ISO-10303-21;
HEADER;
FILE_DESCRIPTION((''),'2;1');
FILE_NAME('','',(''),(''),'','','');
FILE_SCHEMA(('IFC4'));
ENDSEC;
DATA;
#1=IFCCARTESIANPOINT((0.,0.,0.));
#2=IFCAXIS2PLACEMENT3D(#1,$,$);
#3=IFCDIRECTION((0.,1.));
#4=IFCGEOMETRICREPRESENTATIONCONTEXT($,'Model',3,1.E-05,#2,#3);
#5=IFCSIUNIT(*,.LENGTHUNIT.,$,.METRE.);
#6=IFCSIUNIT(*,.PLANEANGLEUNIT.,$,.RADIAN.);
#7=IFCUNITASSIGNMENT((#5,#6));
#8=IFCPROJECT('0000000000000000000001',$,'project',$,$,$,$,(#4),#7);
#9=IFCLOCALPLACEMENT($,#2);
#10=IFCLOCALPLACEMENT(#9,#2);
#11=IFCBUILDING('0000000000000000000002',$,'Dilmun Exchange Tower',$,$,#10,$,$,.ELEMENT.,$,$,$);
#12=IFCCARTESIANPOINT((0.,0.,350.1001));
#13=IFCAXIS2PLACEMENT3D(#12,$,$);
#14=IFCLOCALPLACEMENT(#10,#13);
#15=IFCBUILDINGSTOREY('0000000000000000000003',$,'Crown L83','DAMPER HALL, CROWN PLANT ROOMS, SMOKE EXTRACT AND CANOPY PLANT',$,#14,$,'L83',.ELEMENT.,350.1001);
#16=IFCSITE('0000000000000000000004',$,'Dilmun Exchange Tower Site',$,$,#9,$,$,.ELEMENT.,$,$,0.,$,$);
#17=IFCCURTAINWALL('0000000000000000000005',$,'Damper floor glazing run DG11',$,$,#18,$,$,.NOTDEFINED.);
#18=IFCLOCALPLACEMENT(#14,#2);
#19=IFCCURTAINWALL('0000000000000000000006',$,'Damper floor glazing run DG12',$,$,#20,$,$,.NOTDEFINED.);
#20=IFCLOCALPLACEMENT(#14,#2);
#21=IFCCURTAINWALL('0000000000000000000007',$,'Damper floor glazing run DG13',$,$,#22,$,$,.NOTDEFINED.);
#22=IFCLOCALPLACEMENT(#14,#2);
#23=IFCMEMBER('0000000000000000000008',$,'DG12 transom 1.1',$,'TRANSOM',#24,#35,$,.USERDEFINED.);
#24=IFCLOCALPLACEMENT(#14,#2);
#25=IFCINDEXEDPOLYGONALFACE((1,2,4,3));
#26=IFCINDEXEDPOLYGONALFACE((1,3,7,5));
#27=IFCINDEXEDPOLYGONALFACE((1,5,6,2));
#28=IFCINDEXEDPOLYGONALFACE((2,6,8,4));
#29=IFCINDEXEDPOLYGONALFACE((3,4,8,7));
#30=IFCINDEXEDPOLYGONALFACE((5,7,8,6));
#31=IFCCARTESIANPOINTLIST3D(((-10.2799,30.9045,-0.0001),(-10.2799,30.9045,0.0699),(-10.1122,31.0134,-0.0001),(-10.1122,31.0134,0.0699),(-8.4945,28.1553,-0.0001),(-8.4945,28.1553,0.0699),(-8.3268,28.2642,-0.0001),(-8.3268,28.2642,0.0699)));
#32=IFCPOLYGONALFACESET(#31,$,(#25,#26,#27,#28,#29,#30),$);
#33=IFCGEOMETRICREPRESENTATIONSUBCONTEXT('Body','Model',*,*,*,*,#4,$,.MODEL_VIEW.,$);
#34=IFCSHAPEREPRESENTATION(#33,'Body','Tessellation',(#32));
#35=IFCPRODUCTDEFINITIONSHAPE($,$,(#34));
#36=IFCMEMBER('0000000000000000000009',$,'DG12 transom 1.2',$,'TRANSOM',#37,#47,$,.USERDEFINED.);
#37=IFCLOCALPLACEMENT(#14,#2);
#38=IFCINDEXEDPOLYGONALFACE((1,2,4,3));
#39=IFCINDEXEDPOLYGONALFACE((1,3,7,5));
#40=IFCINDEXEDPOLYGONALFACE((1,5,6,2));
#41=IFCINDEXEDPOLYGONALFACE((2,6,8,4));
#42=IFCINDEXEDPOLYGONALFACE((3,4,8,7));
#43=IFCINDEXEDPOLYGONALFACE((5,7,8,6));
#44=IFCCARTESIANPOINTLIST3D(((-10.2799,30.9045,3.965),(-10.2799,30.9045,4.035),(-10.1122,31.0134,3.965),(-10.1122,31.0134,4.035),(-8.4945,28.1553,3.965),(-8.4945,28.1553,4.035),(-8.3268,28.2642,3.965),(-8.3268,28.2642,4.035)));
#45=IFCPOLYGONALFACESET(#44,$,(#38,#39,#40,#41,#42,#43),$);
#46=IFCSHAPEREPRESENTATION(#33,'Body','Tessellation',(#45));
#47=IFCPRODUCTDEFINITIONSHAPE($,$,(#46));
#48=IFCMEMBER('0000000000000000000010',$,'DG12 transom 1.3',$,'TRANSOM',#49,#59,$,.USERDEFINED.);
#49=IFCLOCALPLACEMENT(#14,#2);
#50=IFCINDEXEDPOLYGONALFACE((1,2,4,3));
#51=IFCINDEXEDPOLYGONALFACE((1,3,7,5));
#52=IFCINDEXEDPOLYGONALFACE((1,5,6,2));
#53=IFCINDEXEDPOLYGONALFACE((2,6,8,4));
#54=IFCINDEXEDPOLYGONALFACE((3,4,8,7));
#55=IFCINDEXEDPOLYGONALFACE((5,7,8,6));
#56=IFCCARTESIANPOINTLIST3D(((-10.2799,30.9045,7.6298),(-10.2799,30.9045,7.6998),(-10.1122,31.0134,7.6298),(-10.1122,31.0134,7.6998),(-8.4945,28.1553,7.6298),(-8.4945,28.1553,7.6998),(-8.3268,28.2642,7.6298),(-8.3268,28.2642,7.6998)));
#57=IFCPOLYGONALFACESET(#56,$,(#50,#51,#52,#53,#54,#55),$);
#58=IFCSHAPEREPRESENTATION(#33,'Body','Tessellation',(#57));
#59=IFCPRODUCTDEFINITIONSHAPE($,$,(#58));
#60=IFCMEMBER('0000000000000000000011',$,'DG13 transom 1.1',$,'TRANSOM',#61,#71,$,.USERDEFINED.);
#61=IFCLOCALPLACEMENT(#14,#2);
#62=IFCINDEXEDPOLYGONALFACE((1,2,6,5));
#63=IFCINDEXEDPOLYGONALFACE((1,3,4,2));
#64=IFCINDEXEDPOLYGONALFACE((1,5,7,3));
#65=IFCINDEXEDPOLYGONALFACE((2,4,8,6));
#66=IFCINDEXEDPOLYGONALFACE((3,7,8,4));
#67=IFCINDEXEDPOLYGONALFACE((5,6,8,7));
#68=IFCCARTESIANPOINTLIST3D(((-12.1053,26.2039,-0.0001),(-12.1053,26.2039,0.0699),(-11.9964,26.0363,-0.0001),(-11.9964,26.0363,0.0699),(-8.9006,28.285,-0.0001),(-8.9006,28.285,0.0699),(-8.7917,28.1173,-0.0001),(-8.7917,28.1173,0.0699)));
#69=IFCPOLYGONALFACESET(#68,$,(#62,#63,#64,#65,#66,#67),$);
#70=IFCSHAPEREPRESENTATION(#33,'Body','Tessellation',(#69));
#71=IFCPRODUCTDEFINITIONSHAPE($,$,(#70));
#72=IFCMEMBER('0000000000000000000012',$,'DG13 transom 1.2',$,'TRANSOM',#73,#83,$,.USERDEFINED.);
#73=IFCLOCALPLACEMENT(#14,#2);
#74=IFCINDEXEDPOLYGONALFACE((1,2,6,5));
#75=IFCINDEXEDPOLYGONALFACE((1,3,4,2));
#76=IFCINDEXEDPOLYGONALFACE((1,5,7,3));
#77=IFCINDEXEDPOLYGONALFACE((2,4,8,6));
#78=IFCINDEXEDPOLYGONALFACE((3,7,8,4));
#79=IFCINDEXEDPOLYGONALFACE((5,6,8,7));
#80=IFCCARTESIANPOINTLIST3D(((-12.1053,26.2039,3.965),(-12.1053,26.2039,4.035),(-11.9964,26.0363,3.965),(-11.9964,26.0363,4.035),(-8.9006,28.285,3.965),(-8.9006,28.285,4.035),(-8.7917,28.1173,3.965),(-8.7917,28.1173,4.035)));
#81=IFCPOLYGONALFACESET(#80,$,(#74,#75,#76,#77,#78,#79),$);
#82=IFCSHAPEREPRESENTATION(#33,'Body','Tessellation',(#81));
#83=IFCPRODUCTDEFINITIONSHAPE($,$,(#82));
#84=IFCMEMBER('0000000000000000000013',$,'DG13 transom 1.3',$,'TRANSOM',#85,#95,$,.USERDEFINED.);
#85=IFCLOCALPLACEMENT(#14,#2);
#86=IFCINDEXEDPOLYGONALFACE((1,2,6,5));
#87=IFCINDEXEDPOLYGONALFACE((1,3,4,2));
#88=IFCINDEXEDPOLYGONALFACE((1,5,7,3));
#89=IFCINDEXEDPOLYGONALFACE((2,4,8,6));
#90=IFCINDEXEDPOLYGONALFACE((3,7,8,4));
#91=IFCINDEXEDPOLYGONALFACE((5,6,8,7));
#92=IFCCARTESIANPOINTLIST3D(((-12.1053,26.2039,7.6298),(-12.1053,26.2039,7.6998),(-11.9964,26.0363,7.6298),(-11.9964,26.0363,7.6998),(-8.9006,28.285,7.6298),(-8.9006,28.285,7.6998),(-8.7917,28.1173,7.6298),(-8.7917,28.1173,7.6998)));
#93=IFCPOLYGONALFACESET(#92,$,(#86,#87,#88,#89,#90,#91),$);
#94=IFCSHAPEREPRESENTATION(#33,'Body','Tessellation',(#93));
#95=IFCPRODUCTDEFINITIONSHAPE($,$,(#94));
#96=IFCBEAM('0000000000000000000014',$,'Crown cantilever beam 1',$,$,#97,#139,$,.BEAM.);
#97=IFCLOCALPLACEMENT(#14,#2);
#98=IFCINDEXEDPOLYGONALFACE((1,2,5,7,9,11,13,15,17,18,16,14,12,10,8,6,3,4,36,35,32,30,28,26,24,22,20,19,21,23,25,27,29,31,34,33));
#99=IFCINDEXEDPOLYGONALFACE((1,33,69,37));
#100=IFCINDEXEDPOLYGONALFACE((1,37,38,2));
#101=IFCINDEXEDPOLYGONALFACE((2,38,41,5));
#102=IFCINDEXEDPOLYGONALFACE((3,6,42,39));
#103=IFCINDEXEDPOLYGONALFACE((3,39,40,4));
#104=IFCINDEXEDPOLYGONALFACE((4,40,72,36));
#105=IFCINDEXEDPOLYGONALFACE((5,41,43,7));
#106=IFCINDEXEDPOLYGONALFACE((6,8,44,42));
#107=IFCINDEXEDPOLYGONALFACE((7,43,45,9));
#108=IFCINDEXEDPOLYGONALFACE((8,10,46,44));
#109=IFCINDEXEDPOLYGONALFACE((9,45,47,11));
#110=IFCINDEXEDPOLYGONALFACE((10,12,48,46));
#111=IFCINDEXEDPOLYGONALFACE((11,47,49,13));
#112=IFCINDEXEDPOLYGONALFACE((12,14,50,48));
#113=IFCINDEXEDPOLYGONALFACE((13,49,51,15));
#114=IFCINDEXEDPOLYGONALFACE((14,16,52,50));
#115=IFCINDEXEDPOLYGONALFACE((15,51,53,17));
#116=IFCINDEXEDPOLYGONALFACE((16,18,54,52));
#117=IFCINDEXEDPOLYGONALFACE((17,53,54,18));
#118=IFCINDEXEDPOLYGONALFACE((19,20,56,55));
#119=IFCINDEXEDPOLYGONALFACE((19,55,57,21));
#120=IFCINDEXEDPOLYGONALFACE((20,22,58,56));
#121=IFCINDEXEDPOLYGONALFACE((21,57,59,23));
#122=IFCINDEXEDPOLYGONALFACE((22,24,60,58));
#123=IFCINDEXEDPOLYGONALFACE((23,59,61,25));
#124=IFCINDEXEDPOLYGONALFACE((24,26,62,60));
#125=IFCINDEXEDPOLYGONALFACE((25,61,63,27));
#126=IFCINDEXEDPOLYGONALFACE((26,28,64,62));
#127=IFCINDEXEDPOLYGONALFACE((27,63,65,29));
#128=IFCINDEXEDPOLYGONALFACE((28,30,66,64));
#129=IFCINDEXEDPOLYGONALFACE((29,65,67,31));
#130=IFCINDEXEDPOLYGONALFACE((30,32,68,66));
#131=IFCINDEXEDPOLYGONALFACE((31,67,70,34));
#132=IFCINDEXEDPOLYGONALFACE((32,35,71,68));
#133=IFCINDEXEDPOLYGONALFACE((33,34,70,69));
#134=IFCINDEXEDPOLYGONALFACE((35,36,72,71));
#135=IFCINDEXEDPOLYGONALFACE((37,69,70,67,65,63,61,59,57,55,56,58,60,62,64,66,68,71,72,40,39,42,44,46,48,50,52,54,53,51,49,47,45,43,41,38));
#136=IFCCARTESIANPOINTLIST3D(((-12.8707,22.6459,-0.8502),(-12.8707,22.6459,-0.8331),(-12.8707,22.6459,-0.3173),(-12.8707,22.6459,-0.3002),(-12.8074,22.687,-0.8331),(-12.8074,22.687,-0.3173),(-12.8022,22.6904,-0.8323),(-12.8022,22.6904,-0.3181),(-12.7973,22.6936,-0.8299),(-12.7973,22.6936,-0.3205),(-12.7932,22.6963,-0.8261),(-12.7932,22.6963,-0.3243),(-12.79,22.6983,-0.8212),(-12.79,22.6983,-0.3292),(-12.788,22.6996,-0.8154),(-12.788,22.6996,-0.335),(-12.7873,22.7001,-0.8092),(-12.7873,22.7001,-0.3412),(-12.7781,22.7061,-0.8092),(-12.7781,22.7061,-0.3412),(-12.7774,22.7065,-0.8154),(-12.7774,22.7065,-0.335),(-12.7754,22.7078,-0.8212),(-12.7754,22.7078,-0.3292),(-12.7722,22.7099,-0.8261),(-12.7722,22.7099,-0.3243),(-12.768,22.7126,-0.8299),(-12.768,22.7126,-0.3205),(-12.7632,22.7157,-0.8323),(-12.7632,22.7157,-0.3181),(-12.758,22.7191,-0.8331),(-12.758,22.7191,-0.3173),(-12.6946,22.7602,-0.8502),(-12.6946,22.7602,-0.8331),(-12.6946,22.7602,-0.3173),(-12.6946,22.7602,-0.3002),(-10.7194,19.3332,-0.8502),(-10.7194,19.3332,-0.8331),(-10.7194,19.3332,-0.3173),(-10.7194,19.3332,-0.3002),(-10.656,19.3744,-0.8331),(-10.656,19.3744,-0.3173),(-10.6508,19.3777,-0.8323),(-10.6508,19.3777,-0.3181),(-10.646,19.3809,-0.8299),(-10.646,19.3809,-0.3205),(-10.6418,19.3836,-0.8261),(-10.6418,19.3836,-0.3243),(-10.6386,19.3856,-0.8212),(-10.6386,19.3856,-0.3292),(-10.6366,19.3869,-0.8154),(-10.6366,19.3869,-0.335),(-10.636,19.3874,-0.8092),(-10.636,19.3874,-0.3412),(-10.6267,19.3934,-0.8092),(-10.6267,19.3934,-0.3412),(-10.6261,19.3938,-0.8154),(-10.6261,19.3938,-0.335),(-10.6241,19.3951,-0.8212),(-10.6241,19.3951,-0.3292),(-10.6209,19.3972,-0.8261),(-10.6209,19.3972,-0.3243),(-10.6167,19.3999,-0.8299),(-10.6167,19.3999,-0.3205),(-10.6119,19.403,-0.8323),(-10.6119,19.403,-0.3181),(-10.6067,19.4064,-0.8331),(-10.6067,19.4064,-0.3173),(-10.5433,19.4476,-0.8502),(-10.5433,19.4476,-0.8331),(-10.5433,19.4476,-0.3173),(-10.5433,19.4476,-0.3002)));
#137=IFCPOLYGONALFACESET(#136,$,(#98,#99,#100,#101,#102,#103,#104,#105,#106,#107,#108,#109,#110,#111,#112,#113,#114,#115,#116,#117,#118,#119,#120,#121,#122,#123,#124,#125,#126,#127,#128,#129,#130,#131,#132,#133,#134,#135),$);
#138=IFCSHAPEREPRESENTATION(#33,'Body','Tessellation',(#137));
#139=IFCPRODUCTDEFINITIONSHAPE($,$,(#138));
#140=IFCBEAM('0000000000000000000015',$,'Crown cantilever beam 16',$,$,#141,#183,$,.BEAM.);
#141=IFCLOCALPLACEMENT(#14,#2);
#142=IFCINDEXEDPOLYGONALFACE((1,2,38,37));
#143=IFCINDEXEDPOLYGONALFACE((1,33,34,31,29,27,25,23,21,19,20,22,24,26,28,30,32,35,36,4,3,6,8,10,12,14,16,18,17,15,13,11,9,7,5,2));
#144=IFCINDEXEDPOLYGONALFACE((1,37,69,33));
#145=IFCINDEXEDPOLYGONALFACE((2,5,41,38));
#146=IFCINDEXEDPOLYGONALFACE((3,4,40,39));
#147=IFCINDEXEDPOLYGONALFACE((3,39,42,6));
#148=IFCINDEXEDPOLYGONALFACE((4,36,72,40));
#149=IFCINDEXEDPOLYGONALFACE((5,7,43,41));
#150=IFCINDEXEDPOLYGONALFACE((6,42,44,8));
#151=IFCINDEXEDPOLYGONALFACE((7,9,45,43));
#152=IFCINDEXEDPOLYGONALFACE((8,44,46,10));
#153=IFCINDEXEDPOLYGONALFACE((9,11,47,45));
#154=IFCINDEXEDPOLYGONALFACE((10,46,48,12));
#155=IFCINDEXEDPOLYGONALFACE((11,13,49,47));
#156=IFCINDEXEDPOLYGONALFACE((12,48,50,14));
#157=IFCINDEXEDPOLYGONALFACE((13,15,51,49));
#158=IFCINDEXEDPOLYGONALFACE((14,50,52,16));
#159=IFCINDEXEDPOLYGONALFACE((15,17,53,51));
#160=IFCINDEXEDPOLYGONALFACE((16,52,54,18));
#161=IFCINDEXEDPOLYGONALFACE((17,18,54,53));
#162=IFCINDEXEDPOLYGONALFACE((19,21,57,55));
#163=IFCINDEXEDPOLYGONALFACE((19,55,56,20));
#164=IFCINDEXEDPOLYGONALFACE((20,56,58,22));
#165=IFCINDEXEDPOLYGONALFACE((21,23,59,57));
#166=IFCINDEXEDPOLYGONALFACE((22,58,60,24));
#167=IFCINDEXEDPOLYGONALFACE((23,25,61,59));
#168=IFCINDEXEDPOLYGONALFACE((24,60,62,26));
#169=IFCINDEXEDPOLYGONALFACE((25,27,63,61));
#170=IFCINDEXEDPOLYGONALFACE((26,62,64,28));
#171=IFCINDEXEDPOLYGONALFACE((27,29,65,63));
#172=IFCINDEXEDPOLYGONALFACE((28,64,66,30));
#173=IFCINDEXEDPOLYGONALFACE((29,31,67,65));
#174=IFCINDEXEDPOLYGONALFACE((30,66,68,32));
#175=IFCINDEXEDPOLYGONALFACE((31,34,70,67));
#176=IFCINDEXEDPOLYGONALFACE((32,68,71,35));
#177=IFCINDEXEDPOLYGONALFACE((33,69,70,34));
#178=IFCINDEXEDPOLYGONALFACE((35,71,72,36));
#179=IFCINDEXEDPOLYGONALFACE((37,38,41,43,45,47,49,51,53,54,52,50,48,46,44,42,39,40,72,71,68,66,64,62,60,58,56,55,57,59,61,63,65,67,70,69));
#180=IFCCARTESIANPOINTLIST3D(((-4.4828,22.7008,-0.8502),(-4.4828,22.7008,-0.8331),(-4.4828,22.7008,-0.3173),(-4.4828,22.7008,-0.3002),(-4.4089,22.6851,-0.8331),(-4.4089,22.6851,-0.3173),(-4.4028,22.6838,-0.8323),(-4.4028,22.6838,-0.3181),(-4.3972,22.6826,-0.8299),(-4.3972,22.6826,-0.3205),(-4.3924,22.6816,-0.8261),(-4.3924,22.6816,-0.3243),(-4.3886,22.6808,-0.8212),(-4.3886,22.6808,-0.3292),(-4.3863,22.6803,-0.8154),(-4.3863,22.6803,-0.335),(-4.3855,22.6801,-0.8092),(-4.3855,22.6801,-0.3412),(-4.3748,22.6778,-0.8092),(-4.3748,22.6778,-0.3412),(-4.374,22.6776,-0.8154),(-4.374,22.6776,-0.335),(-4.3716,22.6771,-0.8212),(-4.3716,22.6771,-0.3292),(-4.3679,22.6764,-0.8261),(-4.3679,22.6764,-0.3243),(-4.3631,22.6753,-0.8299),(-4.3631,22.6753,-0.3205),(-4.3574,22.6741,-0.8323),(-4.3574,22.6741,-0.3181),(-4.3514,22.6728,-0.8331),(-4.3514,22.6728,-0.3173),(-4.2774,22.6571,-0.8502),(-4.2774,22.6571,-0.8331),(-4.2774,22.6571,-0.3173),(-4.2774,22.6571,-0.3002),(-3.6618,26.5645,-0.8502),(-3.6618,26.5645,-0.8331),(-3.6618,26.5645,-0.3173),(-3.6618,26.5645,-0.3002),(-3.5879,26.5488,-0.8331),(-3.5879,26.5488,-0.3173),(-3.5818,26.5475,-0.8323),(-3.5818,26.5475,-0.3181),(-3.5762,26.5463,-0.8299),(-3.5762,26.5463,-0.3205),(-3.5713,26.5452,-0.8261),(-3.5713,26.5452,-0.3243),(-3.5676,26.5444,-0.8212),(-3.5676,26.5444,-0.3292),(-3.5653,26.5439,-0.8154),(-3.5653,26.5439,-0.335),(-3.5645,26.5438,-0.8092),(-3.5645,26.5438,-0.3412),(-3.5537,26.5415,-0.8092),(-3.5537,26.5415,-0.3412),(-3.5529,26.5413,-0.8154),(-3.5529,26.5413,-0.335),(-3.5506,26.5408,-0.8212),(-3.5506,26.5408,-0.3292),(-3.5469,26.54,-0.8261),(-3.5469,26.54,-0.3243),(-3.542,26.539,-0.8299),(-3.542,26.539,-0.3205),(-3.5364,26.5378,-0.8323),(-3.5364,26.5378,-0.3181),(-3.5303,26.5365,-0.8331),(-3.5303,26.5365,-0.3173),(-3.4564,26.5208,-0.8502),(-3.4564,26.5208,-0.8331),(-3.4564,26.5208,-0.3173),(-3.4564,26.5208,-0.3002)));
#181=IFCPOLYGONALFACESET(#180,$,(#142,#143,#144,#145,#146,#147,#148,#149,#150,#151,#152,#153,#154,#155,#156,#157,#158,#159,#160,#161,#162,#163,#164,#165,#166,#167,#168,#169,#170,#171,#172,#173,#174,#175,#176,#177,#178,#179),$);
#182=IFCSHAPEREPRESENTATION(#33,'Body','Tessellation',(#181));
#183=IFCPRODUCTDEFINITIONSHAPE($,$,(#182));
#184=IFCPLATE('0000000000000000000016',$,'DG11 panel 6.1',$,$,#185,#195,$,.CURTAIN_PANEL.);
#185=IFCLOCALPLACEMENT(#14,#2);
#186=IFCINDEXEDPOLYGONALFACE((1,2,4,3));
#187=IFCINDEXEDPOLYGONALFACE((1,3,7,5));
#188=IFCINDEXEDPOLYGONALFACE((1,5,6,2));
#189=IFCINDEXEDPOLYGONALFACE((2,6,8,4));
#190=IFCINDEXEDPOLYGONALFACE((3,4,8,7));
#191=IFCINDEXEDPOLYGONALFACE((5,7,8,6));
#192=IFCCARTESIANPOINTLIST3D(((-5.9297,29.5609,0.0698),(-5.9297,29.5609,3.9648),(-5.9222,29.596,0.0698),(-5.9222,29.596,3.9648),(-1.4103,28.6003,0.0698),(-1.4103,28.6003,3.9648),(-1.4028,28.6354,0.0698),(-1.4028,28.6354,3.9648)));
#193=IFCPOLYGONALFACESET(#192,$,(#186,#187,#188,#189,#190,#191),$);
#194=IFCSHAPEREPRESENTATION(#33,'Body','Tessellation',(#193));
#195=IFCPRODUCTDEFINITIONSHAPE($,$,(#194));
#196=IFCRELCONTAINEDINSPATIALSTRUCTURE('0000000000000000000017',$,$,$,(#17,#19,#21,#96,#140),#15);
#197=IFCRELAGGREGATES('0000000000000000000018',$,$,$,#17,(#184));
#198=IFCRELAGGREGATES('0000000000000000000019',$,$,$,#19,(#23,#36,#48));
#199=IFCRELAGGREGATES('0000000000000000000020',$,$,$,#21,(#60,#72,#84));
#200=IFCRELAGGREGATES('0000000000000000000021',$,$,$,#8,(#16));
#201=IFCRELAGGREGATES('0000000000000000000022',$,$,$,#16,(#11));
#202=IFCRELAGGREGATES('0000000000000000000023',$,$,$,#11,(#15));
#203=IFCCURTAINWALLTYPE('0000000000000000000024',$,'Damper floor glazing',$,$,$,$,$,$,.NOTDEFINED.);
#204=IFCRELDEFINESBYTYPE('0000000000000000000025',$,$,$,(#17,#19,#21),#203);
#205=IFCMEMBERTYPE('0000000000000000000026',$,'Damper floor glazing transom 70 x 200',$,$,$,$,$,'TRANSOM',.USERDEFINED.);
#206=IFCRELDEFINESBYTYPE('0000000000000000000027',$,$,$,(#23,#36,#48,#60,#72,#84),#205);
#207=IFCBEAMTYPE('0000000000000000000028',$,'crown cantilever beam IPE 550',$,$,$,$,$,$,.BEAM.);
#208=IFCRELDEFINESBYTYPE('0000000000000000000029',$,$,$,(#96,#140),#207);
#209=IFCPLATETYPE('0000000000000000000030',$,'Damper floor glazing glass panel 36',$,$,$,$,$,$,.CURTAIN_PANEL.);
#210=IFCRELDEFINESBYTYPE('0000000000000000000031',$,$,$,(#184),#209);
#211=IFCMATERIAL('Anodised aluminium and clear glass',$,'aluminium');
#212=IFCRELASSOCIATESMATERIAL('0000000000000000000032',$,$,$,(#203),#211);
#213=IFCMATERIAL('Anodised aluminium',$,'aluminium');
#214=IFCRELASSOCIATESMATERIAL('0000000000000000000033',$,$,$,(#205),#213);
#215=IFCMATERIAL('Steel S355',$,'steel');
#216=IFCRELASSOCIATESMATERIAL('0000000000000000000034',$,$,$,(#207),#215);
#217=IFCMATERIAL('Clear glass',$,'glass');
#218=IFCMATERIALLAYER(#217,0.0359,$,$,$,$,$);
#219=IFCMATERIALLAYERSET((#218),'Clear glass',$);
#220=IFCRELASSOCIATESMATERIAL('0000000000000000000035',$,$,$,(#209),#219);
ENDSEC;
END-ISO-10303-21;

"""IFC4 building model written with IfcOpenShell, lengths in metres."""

from ifc_helpers import new_model, si_unit, direction, frame, origin, origin_2d, place, context, subcontext, project, spatial, rectangle, i_section, extrude, material, layer, layer_set, material_profile, profile_set, type_object, element, aggregate, save


model = new_model("IFC4")

# Units and contexts
model_context = context("Model", 3, precision=1e-05, world=origin(), true_north=direction((0.0, 1.0)))
body_context = subcontext(model_context, "Body", "Model", "MODEL_VIEW")
ifc_project = project(units=[si_unit("LENGTHUNIT", "METRE"), si_unit("PLANEANGLEUNIT", "RADIAN")], contexts=[model_context])

# Site, building, storey
site_placement = place(None, origin())
site = spatial("IfcSite", under=ifc_project, at=site_placement, Name="Dilmun Exchange Tower Site", CompositionType="ELEMENT", RefElevation=0.0)
building_placement = place(site_placement, origin())
building = spatial("IfcBuilding", under=site, at=building_placement, Name="Dilmun Exchange Tower", CompositionType="ELEMENT")
storey_placement = place(building_placement, frame((0.0, 0.0, 350.1001)))
storey = spatial("IfcBuildingStorey", under=building, at=storey_placement, Name="Crown L83", Description="DAMPER HALL, CROWN PLANT ROOMS, SMOKE EXTRACT AND CANOPY PLANT", LongName="L83", CompositionType="ELEMENT", Elevation=350.1001)

# Curtain walls
ifc_material_1 = material(Name="Anodised aluminium and clear glass", Category="aluminium")
curtain_wall_type = type_object("IfcCurtainWallType", Name="Damper floor glazing", PredefinedType="NOTDEFINED", material=ifc_material_1)
curtain_wall_1_placement = place(storey_placement, origin())
curtain_wall_1 = element("IfcCurtainWall", 1, at=curtain_wall_1_placement, inside=storey, type_object=curtain_wall_type, Name="Damper floor glazing run DG11", PredefinedType="NOTDEFINED")
ifc_material_2 = material(Name="Anodised aluminium", Category="aluminium")
curtain_wall_2_placement = place(storey_placement, origin())
curtain_wall_2 = element("IfcCurtainWall", 2, at=curtain_wall_2_placement, inside=storey, type_object=curtain_wall_type, Name="Damper floor glazing run DG12", PredefinedType="NOTDEFINED")
curtain_wall_3_placement = place(storey_placement, origin())
curtain_wall_3 = element("IfcCurtainWall", 3, at=curtain_wall_3_placement, inside=storey, type_object=curtain_wall_type, Name="Damper floor glazing run DG13", PredefinedType="NOTDEFINED")

# Members
ifc_material_profile_1 = material_profile(ifc_material_2, rectangle(XDim=0.2, YDim=0.0701, at=origin_2d()), Name="AL 70x200")
ifc_profile_set_1 = profile_set([ifc_material_profile_1], Name="Anodised aluminium")
member_type_1 = type_object("IfcMemberType", Name="Damper floor glazing transom 70 x 200", ElementType="TRANSOM", PredefinedType="USERDEFINED", material=ifc_profile_set_1)
member_1_placement = place(storey_placement, frame((-10.196, 30.959, 0.0349), z_axis=(0.54464, -0.83867, 0.0), x_axis=(0.83867, 0.54464, 0.0)))
member_1 = element("IfcMember", 4, at=member_1_placement, type_object=member_type_1, Name="DG12 transom 1.1", ObjectType="TRANSOM", PredefinedType="USERDEFINED", context=body_context, shape_type="SweptSolid", body=[
    extrude(rectangle(XDim=0.2, YDim=0.0701, at=origin_2d()), origin(), (0.0, 0.0, 1.0), 3.2781),
])
member_2_placement = place(storey_placement, frame((-10.196, 30.959, 4.0), z_axis=(0.54464, -0.83867, 0.0), x_axis=(0.83867, 0.54464, 0.0)))
member_2 = element("IfcMember", 5, at=member_2_placement, type_object=member_type_1, Name="DG12 transom 1.2", ObjectType="TRANSOM", PredefinedType="USERDEFINED", context=body_context, shape_type="SweptSolid", body=[
    extrude(rectangle(XDim=0.2, YDim=0.0701, at=origin_2d()), origin(), (0.0, 0.0, 1.0), 3.2781),
])
member_3_placement = place(storey_placement, frame((-10.196, 30.959, 7.6648), z_axis=(0.54464, -0.83867, 0.0), x_axis=(0.83867, 0.54464, 0.0)))
member_3 = element("IfcMember", 6, at=member_3_placement, type_object=member_type_1, Name="DG12 transom 1.3", ObjectType="TRANSOM", PredefinedType="USERDEFINED", context=body_context, shape_type="SweptSolid", body=[
    extrude(rectangle(XDim=0.2, YDim=0.0701, at=origin_2d()), origin(), (0.0, 0.0, 1.0), 3.2781),
])
member_4_placement = place(storey_placement, frame((-8.8462, 28.2012, 0.0349), z_axis=(-0.838674, -0.544633, 0.0), x_axis=(0.544633, -0.838674, 0.0)))
member_4 = element("IfcMember", 7, at=member_4_placement, type_object=member_type_1, Name="DG13 transom 1.1", ObjectType="TRANSOM", PredefinedType="USERDEFINED", context=body_context, shape_type="SweptSolid", body=[
    extrude(rectangle(XDim=0.2, YDim=0.0701, at=origin_2d()), origin(), (0.0, 0.0, 1.0), 3.821),
])
member_5_placement = place(storey_placement, frame((-8.8462, 28.2012, 4.0), z_axis=(-0.838674, -0.544633, 0.0), x_axis=(0.544633, -0.838674, 0.0)))
member_5 = element("IfcMember", 8, at=member_5_placement, type_object=member_type_1, Name="DG13 transom 1.2", ObjectType="TRANSOM", PredefinedType="USERDEFINED", context=body_context, shape_type="SweptSolid", body=[
    extrude(rectangle(XDim=0.2, YDim=0.0701, at=origin_2d()), origin(), (0.0, 0.0, 1.0), 3.821),
])
member_6_placement = place(storey_placement, frame((-8.8462, 28.2012, 7.6648), z_axis=(-0.838674, -0.544633, 0.0), x_axis=(0.544633, -0.838674, 0.0)))
member_6 = element("IfcMember", 9, at=member_6_placement, type_object=member_type_1, Name="DG13 transom 1.3", ObjectType="TRANSOM", PredefinedType="USERDEFINED", context=body_context, shape_type="SweptSolid", body=[
    extrude(rectangle(XDim=0.2, YDim=0.0701, at=origin_2d()), origin(), (0.0, 0.0, 1.0), 3.821),
])

# Beams
ifc_material_3 = material(Name="Steel S355", Category="steel")
ifc_material_profile_2 = material_profile(ifc_material_3, i_section(OverallWidth=0.21, OverallDepth=0.55, WebThickness=0.011, FlangeThickness=0.0171, FilletRadius=0.0239, at=origin_2d()), Name="IPE 550")
ifc_profile_set_2 = profile_set([ifc_material_profile_2], Name="Steel S355")
beam_type = type_object("IfcBeamType", Name="crown cantilever beam IPE 550", PredefinedType="BEAM", material=ifc_profile_set_2)
for number, where, z_axis, x_axis, name in (
    (10, (-10.6313, 19.3904, -0.5752), (-0.544647, 0.838665, 0.0), (-0.838665, -0.544647, 0.0), "Crown cantilever beam 1"),
    (11, (-4.3801, 22.679, -0.5752), (0.207857, 0.978159, 0.0), (-0.978159, 0.207857, 0.0), "Crown cantilever beam 16"),
):
    element("IfcBeam", number, at=place(storey_placement, frame(where, z_axis=z_axis, x_axis=x_axis)), inside=storey, type_object=beam_type, Name=name, PredefinedType="BEAM", context=body_context, shape_type="SweptSolid", body=[
        extrude(i_section(OverallWidth=0.21, OverallDepth=0.55, WebThickness=0.011, FlangeThickness=0.0171, FilletRadius=0.0239, at=origin_2d()), origin(), (0.0, 0.0, 1.0), 3.95),
    ])

# Plate
ifc_material_4 = material(Name="Clear glass", Category="glass")
ifc_layer = layer(ifc_material_4, 0.0359)
ifc_layer_set = layer_set([ifc_layer], Name="Clear glass")
plate_type = type_object("IfcPlateType", Name="Damper floor glazing glass panel 36", PredefinedType="CURTAIN_PANEL", material=ifc_layer_set)
plate_1_placement = place(storey_placement, frame((-3.6663, 29.0981, 0.0698), z_axis=(0.0, 0.0, 1.0), x_axis=(-0.978148, 0.207911, 0.0)))
plate_1 = element("IfcPlate", 12, at=plate_1_placement, type_object=plate_type, Name="DG11 panel 6.1", PredefinedType="CURTAIN_PANEL", context=body_context, shape_type="SweptSolid", body=[
    extrude(rectangle(XDim=4.6204, YDim=0.0359, at=origin_2d()), origin(), (0.0, 0.0, 1.0), 3.895),
])
aggregate(curtain_wall_1, [plate_1])
aggregate(curtain_wall_2, [member_1, member_2, member_3])
aggregate(curtain_wall_3, [member_4, member_5, member_6])

save(model, "model.ifc")
